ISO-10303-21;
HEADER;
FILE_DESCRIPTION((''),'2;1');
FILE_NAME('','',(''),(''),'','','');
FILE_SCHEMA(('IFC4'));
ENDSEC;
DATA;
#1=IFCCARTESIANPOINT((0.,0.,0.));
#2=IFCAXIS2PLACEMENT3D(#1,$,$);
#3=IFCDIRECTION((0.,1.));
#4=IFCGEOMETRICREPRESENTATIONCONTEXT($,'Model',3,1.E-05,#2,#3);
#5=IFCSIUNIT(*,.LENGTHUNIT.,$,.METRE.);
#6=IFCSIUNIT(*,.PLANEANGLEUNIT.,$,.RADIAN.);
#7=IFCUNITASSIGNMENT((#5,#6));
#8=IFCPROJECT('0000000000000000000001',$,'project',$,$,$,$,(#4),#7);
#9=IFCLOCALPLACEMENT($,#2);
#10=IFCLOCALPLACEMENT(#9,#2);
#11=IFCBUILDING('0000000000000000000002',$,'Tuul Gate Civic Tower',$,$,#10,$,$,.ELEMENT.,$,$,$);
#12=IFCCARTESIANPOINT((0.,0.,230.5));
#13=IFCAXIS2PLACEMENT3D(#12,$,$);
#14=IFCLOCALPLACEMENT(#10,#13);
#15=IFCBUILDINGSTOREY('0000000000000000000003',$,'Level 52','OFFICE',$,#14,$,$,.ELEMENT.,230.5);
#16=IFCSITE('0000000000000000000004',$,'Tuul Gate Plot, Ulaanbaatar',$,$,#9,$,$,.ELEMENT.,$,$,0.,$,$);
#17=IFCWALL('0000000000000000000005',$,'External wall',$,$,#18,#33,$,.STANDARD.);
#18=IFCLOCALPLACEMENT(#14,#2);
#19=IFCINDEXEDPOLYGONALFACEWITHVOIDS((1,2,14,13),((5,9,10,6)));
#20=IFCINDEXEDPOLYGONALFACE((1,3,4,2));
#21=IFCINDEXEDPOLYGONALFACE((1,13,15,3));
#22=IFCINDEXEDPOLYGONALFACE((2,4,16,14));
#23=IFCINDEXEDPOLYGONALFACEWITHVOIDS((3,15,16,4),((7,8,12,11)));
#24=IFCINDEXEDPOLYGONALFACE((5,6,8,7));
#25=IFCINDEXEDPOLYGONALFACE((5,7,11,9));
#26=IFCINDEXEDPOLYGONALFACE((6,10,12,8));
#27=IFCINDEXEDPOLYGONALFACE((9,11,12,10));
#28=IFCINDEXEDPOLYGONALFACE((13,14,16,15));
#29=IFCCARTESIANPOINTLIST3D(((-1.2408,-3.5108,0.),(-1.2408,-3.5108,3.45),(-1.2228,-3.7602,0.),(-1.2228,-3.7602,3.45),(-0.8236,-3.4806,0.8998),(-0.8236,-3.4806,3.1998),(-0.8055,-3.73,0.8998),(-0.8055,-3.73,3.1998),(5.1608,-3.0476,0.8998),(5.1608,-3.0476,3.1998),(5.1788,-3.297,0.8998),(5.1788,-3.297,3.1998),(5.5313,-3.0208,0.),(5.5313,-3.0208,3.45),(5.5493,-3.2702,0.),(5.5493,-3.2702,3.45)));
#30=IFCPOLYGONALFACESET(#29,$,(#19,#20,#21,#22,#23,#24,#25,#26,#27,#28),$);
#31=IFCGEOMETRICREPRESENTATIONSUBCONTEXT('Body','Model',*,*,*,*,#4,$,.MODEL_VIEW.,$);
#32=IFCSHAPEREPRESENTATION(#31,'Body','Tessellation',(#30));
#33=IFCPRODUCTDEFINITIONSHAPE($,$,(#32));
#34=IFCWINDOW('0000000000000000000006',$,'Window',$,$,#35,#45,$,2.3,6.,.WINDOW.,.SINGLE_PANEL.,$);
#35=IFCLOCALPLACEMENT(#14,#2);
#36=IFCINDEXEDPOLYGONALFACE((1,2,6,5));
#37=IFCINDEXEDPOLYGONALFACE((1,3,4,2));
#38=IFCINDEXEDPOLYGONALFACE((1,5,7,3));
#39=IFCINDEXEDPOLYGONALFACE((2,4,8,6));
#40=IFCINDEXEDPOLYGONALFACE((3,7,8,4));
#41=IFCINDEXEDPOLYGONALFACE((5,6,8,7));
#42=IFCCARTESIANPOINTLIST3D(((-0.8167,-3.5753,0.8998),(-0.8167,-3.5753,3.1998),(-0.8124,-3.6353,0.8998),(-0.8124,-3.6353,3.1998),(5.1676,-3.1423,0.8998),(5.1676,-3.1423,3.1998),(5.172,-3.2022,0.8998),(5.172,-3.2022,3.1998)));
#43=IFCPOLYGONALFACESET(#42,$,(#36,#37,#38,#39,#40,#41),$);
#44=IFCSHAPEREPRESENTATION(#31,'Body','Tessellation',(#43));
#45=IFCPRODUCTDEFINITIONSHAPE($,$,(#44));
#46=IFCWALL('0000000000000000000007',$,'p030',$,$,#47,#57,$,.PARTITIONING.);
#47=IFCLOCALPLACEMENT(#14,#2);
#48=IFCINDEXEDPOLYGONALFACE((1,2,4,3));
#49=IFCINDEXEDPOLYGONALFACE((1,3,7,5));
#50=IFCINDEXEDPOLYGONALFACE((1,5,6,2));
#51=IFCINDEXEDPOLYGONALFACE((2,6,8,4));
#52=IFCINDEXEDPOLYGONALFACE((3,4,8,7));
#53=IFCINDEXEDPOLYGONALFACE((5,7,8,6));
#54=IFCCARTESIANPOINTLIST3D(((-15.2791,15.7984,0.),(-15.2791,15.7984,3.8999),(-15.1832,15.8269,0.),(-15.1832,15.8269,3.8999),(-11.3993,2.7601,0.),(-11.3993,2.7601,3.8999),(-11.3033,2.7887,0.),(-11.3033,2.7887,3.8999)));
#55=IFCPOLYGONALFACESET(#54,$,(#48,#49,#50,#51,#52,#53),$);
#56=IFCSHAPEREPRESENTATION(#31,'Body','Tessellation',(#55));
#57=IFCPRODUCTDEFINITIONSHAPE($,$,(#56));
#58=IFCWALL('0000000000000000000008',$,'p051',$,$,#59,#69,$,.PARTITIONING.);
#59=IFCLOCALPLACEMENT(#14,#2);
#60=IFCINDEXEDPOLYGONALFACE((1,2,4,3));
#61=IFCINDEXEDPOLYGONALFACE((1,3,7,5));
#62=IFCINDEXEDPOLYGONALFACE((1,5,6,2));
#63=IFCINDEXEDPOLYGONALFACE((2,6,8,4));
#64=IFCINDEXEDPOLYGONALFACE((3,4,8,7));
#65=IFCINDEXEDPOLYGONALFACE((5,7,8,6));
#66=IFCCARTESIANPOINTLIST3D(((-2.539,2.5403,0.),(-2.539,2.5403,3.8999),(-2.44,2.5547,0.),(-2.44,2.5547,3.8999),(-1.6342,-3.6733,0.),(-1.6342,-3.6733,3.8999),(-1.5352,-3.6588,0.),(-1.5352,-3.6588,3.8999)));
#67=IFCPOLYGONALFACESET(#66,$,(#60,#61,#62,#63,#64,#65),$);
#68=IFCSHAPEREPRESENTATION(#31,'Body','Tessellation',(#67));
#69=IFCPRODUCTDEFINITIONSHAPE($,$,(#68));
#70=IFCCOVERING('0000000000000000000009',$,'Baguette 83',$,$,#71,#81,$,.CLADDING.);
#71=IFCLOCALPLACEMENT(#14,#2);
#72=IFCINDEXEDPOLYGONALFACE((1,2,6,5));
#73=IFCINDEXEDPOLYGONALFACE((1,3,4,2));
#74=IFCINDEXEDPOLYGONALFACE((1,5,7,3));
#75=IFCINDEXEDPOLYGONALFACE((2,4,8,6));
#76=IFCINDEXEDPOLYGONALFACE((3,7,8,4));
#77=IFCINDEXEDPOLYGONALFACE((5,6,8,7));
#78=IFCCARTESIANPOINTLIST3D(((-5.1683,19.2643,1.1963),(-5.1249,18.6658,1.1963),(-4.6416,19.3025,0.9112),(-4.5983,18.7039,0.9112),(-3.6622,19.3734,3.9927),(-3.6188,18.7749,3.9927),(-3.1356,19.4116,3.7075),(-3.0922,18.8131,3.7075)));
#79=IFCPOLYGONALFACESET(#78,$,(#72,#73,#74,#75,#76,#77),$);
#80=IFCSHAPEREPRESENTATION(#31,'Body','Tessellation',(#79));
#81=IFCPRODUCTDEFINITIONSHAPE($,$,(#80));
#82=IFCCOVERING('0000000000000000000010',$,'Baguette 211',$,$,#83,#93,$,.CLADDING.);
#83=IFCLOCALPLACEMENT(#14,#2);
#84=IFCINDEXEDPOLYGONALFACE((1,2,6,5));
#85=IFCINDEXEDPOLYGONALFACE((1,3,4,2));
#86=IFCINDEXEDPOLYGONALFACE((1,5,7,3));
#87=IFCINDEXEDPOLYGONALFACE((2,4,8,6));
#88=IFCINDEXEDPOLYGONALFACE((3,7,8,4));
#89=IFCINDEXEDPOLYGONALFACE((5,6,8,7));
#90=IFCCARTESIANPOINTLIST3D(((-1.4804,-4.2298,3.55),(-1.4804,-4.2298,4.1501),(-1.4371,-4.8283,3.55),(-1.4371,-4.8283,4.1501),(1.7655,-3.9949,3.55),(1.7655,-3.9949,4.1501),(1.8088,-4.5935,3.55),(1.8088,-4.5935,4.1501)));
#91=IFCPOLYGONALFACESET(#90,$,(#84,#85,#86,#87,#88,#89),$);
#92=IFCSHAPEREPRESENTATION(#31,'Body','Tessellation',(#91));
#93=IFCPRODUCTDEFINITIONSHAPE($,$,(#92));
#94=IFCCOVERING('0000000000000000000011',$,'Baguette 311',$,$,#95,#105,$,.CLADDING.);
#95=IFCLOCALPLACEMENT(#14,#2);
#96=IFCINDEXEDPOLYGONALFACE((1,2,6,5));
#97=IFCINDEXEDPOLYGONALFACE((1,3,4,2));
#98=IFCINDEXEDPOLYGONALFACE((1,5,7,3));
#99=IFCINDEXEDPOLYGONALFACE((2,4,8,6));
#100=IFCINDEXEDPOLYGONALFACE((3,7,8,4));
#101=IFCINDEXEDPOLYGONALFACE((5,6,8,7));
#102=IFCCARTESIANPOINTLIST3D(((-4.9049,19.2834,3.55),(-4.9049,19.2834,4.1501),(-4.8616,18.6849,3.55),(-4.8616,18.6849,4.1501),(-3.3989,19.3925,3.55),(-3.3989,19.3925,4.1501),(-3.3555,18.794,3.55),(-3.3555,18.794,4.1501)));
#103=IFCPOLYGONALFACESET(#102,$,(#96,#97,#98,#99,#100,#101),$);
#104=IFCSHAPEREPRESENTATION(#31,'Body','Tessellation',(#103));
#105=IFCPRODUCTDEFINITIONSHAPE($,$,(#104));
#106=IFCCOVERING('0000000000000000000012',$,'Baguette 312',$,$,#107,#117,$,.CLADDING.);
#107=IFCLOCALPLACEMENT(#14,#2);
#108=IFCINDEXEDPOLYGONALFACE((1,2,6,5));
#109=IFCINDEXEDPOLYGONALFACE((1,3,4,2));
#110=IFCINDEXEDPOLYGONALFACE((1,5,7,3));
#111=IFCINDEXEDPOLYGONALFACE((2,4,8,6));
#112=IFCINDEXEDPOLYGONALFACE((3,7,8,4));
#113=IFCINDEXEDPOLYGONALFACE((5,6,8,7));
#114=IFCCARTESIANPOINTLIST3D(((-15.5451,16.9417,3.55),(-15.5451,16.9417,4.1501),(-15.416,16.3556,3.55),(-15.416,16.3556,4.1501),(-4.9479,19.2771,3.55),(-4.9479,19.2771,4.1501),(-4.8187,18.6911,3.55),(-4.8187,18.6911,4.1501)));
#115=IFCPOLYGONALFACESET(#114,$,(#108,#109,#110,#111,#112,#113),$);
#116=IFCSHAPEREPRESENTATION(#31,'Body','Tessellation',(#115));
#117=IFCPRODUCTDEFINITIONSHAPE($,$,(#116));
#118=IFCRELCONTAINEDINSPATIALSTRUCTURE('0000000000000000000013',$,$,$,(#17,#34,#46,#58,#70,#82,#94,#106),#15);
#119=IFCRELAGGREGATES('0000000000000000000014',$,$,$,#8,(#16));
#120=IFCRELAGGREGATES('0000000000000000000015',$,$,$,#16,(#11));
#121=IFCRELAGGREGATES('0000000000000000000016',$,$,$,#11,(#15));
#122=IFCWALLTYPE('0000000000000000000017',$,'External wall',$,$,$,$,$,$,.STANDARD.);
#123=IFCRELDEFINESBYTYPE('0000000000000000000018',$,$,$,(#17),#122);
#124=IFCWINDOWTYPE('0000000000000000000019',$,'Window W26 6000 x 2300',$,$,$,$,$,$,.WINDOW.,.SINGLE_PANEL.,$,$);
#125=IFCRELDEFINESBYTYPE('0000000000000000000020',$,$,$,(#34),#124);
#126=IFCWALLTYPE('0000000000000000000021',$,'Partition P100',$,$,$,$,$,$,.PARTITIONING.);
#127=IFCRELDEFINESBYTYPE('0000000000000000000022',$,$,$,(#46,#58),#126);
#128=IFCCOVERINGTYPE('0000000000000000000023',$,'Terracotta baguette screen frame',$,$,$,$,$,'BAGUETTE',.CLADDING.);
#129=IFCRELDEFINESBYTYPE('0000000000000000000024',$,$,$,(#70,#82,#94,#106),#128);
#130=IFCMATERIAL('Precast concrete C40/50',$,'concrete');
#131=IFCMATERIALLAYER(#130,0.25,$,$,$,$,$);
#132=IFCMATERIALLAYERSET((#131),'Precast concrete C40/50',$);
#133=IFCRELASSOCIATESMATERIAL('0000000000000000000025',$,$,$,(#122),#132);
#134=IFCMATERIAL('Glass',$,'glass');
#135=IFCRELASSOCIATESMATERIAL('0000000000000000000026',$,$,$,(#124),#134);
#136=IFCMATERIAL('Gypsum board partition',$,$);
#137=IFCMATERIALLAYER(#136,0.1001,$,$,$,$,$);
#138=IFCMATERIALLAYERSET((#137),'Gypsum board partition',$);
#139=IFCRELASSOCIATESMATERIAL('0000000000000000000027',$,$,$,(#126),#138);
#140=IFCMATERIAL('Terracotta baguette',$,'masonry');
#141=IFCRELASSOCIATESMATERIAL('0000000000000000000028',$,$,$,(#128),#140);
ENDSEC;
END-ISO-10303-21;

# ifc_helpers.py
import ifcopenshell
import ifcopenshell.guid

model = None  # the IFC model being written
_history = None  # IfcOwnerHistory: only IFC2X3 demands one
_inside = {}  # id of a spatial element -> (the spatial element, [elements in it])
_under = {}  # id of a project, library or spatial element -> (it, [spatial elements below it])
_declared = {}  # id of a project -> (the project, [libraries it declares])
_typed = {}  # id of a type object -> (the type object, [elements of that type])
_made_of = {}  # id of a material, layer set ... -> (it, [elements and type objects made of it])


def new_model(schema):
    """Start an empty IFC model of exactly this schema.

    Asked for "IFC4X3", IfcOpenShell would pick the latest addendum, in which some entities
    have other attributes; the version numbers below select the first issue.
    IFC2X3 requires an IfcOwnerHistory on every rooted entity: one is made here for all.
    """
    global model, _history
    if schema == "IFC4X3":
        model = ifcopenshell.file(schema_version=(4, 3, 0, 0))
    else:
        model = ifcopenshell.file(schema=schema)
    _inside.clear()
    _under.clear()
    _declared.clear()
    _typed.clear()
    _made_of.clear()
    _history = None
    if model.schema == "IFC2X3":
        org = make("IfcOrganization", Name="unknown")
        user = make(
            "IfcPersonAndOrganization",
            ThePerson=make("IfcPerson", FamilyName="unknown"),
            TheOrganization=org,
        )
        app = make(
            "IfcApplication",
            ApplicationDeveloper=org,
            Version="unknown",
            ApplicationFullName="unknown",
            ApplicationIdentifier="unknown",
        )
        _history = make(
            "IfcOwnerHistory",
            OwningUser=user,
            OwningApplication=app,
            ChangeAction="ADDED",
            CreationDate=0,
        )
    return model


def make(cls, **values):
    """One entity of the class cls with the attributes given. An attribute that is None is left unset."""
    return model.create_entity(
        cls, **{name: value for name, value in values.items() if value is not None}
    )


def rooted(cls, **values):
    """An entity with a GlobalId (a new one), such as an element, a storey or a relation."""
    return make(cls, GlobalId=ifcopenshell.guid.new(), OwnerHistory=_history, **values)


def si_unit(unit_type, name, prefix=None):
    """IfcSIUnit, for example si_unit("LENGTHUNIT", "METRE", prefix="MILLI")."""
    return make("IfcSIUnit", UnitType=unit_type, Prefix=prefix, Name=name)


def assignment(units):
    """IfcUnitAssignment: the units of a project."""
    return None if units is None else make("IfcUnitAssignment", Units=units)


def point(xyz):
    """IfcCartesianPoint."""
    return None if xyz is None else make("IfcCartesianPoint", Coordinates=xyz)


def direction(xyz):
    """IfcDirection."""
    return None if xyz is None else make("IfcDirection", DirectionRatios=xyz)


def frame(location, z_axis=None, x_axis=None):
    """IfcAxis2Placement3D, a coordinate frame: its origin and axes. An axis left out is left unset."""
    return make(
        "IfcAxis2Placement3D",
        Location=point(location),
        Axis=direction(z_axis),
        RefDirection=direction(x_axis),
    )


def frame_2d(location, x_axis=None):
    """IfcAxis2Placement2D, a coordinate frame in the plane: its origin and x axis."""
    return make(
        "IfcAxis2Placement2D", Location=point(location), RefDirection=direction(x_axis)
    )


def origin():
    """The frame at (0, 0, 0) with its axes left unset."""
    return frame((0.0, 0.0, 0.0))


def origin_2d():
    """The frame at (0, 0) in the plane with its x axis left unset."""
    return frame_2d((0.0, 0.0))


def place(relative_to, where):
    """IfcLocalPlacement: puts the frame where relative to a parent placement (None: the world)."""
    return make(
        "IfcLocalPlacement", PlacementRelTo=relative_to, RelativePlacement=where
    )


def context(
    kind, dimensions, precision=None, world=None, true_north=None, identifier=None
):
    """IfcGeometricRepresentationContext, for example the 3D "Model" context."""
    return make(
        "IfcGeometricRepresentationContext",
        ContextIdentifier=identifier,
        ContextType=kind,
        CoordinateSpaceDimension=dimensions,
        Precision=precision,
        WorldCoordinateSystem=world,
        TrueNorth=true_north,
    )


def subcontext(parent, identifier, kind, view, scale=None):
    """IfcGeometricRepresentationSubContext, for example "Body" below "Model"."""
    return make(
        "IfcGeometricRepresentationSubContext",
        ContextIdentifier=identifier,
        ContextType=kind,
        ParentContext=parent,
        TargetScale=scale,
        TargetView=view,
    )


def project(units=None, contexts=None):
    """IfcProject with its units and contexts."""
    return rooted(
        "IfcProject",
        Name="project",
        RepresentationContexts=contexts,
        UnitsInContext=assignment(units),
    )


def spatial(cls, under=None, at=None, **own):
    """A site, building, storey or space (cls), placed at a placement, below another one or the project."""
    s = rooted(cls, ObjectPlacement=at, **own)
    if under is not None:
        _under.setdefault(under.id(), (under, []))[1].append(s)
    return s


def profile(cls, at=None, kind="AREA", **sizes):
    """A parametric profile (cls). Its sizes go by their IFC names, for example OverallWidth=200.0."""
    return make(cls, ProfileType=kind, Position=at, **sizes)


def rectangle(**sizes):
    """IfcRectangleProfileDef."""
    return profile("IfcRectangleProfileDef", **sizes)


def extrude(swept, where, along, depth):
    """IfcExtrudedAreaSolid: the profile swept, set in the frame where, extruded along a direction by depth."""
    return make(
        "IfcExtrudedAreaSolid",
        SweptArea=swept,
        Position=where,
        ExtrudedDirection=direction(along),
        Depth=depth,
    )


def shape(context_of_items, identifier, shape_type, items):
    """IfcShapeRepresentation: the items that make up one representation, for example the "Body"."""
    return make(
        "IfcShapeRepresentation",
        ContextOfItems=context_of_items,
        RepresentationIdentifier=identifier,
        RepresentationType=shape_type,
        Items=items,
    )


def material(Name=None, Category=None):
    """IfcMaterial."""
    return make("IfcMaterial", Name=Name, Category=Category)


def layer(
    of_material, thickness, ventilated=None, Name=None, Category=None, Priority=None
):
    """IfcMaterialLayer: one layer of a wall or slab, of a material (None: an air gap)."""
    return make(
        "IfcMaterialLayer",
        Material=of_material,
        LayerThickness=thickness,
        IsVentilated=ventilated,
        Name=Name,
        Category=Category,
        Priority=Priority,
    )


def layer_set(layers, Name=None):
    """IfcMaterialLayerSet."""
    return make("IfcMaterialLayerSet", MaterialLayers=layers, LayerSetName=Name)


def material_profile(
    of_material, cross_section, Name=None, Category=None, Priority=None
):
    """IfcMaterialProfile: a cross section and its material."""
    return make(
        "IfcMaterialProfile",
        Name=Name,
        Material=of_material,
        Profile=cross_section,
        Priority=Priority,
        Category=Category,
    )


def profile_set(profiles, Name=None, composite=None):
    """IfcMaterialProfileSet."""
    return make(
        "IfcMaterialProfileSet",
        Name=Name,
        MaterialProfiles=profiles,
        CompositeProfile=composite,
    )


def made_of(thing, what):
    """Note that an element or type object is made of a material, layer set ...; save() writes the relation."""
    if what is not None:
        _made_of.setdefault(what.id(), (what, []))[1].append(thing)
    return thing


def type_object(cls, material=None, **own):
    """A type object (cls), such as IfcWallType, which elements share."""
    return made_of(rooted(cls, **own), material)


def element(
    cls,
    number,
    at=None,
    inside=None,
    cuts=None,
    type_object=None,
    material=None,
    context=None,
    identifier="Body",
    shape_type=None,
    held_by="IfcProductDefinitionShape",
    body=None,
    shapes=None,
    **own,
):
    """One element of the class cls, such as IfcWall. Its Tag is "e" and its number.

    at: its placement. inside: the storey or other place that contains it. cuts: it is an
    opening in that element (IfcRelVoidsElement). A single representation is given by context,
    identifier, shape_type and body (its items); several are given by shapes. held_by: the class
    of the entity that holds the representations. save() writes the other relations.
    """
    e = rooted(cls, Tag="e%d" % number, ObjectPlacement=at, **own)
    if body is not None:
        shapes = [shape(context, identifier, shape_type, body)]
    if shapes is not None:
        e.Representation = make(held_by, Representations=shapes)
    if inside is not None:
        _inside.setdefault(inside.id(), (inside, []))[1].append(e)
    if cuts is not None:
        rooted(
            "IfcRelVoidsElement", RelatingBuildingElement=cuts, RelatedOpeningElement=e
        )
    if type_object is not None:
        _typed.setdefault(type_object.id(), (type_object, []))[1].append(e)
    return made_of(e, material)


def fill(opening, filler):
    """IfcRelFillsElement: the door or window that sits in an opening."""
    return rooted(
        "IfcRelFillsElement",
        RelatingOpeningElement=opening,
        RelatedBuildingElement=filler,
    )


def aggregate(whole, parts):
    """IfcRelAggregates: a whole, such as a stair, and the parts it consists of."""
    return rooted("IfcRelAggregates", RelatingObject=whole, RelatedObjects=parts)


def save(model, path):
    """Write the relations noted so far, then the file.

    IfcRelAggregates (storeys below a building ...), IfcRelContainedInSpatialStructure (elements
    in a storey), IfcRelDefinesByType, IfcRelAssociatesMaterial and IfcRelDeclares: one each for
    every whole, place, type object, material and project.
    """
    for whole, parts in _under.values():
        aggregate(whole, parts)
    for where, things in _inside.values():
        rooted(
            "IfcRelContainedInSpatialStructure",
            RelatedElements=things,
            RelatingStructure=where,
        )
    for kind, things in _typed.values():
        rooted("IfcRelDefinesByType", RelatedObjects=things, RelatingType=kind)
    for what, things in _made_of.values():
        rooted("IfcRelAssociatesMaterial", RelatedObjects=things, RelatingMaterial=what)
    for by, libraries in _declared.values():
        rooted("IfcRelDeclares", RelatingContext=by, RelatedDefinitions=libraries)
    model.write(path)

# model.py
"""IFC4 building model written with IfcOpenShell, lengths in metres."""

from ifc_helpers import new_model, si_unit, direction, frame, frame_2d, origin, origin_2d, place, context, subcontext, project, spatial, rectangle, extrude, material, layer, layer_set, material_profile, profile_set, type_object, element, fill, save


model = new_model("IFC4")

# Units and contexts
model_context = context("Model", 3, precision=1e-05, world=origin(), true_north=direction((0.0, 1.0)))
body_context = subcontext(model_context, "Body", "Model", "MODEL_VIEW")
ifc_project = project(units=[si_unit("LENGTHUNIT", "METRE"), si_unit("PLANEANGLEUNIT", "RADIAN")], contexts=[model_context])

# Site, building, storey
site_placement = place(None, origin())
site = spatial("IfcSite", under=ifc_project, at=site_placement, Name="Tuul Gate Plot, Ulaanbaatar", CompositionType="ELEMENT", RefElevation=0.0)
building_placement = place(site_placement, origin())
building = spatial("IfcBuilding", under=site, at=building_placement, Name="Tuul Gate Civic Tower", CompositionType="ELEMENT")
storey_placement = place(building_placement, frame((0.0, 0.0, 230.5)))
storey = spatial("IfcBuildingStorey", under=building, at=storey_placement, Name="Level 52", Description="OFFICE", CompositionType="ELEMENT", Elevation=230.5)

# Shared definitions
ifc_material_1 = material(Name="Precast concrete C40/50", Category="concrete")
ifc_layer_1 = layer(ifc_material_1, 0.25)
ifc_layer_set_1 = layer_set([ifc_layer_1], Name="Precast concrete C40/50")
wall_type_1 = type_object("IfcWallType", Name="External wall", PredefinedType="STANDARD", material=ifc_layer_set_1)

# Wall, opening, window
wall_1_placement = place(storey_placement, frame((-1.2319, -3.6355, 0.0), z_axis=(0.0, 0.0, 1.0), x_axis=(0.997393, 0.072167, 0.0)))
wall_1 = element("IfcWall", 1, at=wall_1_placement, inside=storey, type_object=wall_type_1, Name="External wall", PredefinedType="STANDARD", context=body_context, shape_type="SweptSolid", body=[
    extrude(rectangle(XDim=6.7898, YDim=0.25, at=frame_2d((3.395, 0.0))), origin(), (0.0, 0.0, 1.0), 3.45),
])
opening_1_placement = place(wall_1_placement, frame((0.4185, 0.0, 0.8999)))
opening_1 = element("IfcOpeningElement", 2, at=opening_1_placement, cuts=wall_1, PredefinedType="OPENING", context=body_context, shape_type="SweptSolid", body=[
    extrude(rectangle(XDim=6.0, YDim=2.3, at=frame_2d((3.0, 1.1499))), frame((0.0, 0.135, 0.0), z_axis=(0.0, -1.0, 0.0), x_axis=(1.0, 0.0, 0.0)), (0.0, 0.0, 1.0), 0.27),
])
ifc_material_2 = material(Name="Glass", Category="glass")
window_type_1 = type_object("IfcWindowType", Name="Window W26 6000 x 2300", PartitioningType="SINGLE_PANEL", PredefinedType="WINDOW", material=ifc_material_2)
window_1_placement = place(opening_1_placement, origin())
window_1 = element("IfcWindow", 3, at=window_1_placement, inside=storey, type_object=window_type_1, Name="Window", OverallHeight=2.3, OverallWidth=6.0, PartitioningType="SINGLE_PANEL", PredefinedType="WINDOW", context=body_context, shape_type="SweptSolid", body=[
    extrude(rectangle(XDim=6.0, YDim=2.3, at=frame_2d((3.0, 1.1499))), frame((0.0, 0.03, 0.0), z_axis=(0.0, -1.0, 0.0), x_axis=(1.0, 0.0, 0.0)), (0.0, 0.0, 1.0), 0.0601),
])
fill(opening_1, window_1)

# Walls
ifc_material_3 = material(Name="Gypsum board partition")
ifc_layer_2 = layer(ifc_material_3, 0.1001)
ifc_layer_set_2 = layer_set([ifc_layer_2], Name="Gypsum board partition")
wall_type_2 = type_object("IfcWallType", Name="Partition P100", PredefinedType="PARTITIONING", material=ifc_layer_set_2)
wall_2_placement = place(storey_placement, frame((-15.2312, 15.8127, 0.0), z_axis=(0.0, 0.0, 1.0), x_axis=(0.285215, -0.958464, 0.0)))
element("IfcWall", 4, at=wall_2_placement, inside=storey, type_object=wall_type_2, Name="p030", PredefinedType="PARTITIONING", context=body_context, shape_type="SweptSolid", body=[
    extrude(rectangle(XDim=13.6033, YDim=0.1001, at=frame_2d((6.8018, 0.0))), origin(), (0.0, 0.0, 1.0), 3.8999),
])
wall_3_placement = place(storey_placement, frame((-2.4895, 2.5476, 0.0), z_axis=(0.0, 0.0, 1.0), x_axis=(0.144094, -0.989564, 0.0)))
element("IfcWall", 5, at=wall_3_placement, inside=storey, type_object=wall_type_2, Name="p051", PredefinedType="PARTITIONING", context=body_context, shape_type="SweptSolid", body=[
    extrude(rectangle(XDim=6.2791, YDim=0.1001, at=frame_2d((3.1396, 0.0))), origin(), (0.0, 0.0, 1.0), 3.8999),
])

# Coverings
ifc_material_4 = material(Name="Terracotta baguette", Category="masonry")
ifc_material_profile_1 = material_profile(ifc_material_4, rectangle(XDim=0.6001, YDim=0.6001, at=origin_2d()), Name="Terracotta baguette screen frame")
ifc_profile_set_1 = profile_set([ifc_material_profile_1], Name="Terracotta baguette")
covering_type = type_object("IfcCoveringType", Name="Terracotta baguette screen frame", ElementType="BAGUETTE", PredefinedType="CLADDING", material=ifc_profile_set_1)
covering_1_placement = place(storey_placement, frame((-3.3772, 19.0933, 3.8501), z_axis=(-0.473907, -0.034339, -0.879905), x_axis=(0.07227, -0.997385, 0.0)))
element("IfcCovering", 6, at=covering_1_placement, inside=storey, type_object=covering_type, Name="Baguette 83", PredefinedType="CLADDING", context=body_context, shape_type="SweptSolid", body=[
    extrude(rectangle(XDim=0.6001, YDim=0.6001, at=origin_2d()), origin(), (0.0, 0.0, 1.0), 3.178),
])
covering_2_placement = place(storey_placement, frame((-1.4587, -4.5291, 3.8501), z_axis=(0.997392, 0.072169, 0.0), x_axis=(-0.072169, 0.997392, 0.0)))
element("IfcCovering", 7, at=covering_2_placement, inside=storey, type_object=covering_type, Name="Baguette 211", PredefinedType="CLADDING", context=body_context, shape_type="SweptSolid", body=[
    extrude(rectangle(XDim=0.6001, YDim=0.6001, at=origin_2d()), origin(), (0.0, 0.0, 1.0), 3.2544),
])
covering_3_placement = place(storey_placement, frame((-3.3772, 19.0933, 3.8501), z_axis=(-0.997385, -0.07227, 0.0), x_axis=(0.07227, -0.997385, 0.0)))
element("IfcCovering", 8, at=covering_3_placement, inside=storey, type_object=covering_type, Name="Baguette 311", PredefinedType="CLADDING", context=body_context, shape_type="SweptSolid", body=[
    extrude(rectangle(XDim=0.6001, YDim=0.6001, at=origin_2d()), origin(), (0.0, 0.0, 1.0), 1.51),
])
covering_4_placement = place(storey_placement, frame((-4.8833, 18.9841, 3.8501), z_axis=(-0.976566, -0.21522, 0.0), x_axis=(0.21522, -0.976566, 0.0)))
element("IfcCovering", 9, at=covering_4_placement, inside=storey, type_object=covering_type, Name="Baguette 312", PredefinedType="CLADDING", context=body_context, shape_type="SweptSolid", body=[
    extrude(rectangle(XDim=0.6001, YDim=0.6001, at=origin_2d()), origin(), (0.0, 0.0, 1.0), 10.8516),
])

save(model, "model.ifc")
